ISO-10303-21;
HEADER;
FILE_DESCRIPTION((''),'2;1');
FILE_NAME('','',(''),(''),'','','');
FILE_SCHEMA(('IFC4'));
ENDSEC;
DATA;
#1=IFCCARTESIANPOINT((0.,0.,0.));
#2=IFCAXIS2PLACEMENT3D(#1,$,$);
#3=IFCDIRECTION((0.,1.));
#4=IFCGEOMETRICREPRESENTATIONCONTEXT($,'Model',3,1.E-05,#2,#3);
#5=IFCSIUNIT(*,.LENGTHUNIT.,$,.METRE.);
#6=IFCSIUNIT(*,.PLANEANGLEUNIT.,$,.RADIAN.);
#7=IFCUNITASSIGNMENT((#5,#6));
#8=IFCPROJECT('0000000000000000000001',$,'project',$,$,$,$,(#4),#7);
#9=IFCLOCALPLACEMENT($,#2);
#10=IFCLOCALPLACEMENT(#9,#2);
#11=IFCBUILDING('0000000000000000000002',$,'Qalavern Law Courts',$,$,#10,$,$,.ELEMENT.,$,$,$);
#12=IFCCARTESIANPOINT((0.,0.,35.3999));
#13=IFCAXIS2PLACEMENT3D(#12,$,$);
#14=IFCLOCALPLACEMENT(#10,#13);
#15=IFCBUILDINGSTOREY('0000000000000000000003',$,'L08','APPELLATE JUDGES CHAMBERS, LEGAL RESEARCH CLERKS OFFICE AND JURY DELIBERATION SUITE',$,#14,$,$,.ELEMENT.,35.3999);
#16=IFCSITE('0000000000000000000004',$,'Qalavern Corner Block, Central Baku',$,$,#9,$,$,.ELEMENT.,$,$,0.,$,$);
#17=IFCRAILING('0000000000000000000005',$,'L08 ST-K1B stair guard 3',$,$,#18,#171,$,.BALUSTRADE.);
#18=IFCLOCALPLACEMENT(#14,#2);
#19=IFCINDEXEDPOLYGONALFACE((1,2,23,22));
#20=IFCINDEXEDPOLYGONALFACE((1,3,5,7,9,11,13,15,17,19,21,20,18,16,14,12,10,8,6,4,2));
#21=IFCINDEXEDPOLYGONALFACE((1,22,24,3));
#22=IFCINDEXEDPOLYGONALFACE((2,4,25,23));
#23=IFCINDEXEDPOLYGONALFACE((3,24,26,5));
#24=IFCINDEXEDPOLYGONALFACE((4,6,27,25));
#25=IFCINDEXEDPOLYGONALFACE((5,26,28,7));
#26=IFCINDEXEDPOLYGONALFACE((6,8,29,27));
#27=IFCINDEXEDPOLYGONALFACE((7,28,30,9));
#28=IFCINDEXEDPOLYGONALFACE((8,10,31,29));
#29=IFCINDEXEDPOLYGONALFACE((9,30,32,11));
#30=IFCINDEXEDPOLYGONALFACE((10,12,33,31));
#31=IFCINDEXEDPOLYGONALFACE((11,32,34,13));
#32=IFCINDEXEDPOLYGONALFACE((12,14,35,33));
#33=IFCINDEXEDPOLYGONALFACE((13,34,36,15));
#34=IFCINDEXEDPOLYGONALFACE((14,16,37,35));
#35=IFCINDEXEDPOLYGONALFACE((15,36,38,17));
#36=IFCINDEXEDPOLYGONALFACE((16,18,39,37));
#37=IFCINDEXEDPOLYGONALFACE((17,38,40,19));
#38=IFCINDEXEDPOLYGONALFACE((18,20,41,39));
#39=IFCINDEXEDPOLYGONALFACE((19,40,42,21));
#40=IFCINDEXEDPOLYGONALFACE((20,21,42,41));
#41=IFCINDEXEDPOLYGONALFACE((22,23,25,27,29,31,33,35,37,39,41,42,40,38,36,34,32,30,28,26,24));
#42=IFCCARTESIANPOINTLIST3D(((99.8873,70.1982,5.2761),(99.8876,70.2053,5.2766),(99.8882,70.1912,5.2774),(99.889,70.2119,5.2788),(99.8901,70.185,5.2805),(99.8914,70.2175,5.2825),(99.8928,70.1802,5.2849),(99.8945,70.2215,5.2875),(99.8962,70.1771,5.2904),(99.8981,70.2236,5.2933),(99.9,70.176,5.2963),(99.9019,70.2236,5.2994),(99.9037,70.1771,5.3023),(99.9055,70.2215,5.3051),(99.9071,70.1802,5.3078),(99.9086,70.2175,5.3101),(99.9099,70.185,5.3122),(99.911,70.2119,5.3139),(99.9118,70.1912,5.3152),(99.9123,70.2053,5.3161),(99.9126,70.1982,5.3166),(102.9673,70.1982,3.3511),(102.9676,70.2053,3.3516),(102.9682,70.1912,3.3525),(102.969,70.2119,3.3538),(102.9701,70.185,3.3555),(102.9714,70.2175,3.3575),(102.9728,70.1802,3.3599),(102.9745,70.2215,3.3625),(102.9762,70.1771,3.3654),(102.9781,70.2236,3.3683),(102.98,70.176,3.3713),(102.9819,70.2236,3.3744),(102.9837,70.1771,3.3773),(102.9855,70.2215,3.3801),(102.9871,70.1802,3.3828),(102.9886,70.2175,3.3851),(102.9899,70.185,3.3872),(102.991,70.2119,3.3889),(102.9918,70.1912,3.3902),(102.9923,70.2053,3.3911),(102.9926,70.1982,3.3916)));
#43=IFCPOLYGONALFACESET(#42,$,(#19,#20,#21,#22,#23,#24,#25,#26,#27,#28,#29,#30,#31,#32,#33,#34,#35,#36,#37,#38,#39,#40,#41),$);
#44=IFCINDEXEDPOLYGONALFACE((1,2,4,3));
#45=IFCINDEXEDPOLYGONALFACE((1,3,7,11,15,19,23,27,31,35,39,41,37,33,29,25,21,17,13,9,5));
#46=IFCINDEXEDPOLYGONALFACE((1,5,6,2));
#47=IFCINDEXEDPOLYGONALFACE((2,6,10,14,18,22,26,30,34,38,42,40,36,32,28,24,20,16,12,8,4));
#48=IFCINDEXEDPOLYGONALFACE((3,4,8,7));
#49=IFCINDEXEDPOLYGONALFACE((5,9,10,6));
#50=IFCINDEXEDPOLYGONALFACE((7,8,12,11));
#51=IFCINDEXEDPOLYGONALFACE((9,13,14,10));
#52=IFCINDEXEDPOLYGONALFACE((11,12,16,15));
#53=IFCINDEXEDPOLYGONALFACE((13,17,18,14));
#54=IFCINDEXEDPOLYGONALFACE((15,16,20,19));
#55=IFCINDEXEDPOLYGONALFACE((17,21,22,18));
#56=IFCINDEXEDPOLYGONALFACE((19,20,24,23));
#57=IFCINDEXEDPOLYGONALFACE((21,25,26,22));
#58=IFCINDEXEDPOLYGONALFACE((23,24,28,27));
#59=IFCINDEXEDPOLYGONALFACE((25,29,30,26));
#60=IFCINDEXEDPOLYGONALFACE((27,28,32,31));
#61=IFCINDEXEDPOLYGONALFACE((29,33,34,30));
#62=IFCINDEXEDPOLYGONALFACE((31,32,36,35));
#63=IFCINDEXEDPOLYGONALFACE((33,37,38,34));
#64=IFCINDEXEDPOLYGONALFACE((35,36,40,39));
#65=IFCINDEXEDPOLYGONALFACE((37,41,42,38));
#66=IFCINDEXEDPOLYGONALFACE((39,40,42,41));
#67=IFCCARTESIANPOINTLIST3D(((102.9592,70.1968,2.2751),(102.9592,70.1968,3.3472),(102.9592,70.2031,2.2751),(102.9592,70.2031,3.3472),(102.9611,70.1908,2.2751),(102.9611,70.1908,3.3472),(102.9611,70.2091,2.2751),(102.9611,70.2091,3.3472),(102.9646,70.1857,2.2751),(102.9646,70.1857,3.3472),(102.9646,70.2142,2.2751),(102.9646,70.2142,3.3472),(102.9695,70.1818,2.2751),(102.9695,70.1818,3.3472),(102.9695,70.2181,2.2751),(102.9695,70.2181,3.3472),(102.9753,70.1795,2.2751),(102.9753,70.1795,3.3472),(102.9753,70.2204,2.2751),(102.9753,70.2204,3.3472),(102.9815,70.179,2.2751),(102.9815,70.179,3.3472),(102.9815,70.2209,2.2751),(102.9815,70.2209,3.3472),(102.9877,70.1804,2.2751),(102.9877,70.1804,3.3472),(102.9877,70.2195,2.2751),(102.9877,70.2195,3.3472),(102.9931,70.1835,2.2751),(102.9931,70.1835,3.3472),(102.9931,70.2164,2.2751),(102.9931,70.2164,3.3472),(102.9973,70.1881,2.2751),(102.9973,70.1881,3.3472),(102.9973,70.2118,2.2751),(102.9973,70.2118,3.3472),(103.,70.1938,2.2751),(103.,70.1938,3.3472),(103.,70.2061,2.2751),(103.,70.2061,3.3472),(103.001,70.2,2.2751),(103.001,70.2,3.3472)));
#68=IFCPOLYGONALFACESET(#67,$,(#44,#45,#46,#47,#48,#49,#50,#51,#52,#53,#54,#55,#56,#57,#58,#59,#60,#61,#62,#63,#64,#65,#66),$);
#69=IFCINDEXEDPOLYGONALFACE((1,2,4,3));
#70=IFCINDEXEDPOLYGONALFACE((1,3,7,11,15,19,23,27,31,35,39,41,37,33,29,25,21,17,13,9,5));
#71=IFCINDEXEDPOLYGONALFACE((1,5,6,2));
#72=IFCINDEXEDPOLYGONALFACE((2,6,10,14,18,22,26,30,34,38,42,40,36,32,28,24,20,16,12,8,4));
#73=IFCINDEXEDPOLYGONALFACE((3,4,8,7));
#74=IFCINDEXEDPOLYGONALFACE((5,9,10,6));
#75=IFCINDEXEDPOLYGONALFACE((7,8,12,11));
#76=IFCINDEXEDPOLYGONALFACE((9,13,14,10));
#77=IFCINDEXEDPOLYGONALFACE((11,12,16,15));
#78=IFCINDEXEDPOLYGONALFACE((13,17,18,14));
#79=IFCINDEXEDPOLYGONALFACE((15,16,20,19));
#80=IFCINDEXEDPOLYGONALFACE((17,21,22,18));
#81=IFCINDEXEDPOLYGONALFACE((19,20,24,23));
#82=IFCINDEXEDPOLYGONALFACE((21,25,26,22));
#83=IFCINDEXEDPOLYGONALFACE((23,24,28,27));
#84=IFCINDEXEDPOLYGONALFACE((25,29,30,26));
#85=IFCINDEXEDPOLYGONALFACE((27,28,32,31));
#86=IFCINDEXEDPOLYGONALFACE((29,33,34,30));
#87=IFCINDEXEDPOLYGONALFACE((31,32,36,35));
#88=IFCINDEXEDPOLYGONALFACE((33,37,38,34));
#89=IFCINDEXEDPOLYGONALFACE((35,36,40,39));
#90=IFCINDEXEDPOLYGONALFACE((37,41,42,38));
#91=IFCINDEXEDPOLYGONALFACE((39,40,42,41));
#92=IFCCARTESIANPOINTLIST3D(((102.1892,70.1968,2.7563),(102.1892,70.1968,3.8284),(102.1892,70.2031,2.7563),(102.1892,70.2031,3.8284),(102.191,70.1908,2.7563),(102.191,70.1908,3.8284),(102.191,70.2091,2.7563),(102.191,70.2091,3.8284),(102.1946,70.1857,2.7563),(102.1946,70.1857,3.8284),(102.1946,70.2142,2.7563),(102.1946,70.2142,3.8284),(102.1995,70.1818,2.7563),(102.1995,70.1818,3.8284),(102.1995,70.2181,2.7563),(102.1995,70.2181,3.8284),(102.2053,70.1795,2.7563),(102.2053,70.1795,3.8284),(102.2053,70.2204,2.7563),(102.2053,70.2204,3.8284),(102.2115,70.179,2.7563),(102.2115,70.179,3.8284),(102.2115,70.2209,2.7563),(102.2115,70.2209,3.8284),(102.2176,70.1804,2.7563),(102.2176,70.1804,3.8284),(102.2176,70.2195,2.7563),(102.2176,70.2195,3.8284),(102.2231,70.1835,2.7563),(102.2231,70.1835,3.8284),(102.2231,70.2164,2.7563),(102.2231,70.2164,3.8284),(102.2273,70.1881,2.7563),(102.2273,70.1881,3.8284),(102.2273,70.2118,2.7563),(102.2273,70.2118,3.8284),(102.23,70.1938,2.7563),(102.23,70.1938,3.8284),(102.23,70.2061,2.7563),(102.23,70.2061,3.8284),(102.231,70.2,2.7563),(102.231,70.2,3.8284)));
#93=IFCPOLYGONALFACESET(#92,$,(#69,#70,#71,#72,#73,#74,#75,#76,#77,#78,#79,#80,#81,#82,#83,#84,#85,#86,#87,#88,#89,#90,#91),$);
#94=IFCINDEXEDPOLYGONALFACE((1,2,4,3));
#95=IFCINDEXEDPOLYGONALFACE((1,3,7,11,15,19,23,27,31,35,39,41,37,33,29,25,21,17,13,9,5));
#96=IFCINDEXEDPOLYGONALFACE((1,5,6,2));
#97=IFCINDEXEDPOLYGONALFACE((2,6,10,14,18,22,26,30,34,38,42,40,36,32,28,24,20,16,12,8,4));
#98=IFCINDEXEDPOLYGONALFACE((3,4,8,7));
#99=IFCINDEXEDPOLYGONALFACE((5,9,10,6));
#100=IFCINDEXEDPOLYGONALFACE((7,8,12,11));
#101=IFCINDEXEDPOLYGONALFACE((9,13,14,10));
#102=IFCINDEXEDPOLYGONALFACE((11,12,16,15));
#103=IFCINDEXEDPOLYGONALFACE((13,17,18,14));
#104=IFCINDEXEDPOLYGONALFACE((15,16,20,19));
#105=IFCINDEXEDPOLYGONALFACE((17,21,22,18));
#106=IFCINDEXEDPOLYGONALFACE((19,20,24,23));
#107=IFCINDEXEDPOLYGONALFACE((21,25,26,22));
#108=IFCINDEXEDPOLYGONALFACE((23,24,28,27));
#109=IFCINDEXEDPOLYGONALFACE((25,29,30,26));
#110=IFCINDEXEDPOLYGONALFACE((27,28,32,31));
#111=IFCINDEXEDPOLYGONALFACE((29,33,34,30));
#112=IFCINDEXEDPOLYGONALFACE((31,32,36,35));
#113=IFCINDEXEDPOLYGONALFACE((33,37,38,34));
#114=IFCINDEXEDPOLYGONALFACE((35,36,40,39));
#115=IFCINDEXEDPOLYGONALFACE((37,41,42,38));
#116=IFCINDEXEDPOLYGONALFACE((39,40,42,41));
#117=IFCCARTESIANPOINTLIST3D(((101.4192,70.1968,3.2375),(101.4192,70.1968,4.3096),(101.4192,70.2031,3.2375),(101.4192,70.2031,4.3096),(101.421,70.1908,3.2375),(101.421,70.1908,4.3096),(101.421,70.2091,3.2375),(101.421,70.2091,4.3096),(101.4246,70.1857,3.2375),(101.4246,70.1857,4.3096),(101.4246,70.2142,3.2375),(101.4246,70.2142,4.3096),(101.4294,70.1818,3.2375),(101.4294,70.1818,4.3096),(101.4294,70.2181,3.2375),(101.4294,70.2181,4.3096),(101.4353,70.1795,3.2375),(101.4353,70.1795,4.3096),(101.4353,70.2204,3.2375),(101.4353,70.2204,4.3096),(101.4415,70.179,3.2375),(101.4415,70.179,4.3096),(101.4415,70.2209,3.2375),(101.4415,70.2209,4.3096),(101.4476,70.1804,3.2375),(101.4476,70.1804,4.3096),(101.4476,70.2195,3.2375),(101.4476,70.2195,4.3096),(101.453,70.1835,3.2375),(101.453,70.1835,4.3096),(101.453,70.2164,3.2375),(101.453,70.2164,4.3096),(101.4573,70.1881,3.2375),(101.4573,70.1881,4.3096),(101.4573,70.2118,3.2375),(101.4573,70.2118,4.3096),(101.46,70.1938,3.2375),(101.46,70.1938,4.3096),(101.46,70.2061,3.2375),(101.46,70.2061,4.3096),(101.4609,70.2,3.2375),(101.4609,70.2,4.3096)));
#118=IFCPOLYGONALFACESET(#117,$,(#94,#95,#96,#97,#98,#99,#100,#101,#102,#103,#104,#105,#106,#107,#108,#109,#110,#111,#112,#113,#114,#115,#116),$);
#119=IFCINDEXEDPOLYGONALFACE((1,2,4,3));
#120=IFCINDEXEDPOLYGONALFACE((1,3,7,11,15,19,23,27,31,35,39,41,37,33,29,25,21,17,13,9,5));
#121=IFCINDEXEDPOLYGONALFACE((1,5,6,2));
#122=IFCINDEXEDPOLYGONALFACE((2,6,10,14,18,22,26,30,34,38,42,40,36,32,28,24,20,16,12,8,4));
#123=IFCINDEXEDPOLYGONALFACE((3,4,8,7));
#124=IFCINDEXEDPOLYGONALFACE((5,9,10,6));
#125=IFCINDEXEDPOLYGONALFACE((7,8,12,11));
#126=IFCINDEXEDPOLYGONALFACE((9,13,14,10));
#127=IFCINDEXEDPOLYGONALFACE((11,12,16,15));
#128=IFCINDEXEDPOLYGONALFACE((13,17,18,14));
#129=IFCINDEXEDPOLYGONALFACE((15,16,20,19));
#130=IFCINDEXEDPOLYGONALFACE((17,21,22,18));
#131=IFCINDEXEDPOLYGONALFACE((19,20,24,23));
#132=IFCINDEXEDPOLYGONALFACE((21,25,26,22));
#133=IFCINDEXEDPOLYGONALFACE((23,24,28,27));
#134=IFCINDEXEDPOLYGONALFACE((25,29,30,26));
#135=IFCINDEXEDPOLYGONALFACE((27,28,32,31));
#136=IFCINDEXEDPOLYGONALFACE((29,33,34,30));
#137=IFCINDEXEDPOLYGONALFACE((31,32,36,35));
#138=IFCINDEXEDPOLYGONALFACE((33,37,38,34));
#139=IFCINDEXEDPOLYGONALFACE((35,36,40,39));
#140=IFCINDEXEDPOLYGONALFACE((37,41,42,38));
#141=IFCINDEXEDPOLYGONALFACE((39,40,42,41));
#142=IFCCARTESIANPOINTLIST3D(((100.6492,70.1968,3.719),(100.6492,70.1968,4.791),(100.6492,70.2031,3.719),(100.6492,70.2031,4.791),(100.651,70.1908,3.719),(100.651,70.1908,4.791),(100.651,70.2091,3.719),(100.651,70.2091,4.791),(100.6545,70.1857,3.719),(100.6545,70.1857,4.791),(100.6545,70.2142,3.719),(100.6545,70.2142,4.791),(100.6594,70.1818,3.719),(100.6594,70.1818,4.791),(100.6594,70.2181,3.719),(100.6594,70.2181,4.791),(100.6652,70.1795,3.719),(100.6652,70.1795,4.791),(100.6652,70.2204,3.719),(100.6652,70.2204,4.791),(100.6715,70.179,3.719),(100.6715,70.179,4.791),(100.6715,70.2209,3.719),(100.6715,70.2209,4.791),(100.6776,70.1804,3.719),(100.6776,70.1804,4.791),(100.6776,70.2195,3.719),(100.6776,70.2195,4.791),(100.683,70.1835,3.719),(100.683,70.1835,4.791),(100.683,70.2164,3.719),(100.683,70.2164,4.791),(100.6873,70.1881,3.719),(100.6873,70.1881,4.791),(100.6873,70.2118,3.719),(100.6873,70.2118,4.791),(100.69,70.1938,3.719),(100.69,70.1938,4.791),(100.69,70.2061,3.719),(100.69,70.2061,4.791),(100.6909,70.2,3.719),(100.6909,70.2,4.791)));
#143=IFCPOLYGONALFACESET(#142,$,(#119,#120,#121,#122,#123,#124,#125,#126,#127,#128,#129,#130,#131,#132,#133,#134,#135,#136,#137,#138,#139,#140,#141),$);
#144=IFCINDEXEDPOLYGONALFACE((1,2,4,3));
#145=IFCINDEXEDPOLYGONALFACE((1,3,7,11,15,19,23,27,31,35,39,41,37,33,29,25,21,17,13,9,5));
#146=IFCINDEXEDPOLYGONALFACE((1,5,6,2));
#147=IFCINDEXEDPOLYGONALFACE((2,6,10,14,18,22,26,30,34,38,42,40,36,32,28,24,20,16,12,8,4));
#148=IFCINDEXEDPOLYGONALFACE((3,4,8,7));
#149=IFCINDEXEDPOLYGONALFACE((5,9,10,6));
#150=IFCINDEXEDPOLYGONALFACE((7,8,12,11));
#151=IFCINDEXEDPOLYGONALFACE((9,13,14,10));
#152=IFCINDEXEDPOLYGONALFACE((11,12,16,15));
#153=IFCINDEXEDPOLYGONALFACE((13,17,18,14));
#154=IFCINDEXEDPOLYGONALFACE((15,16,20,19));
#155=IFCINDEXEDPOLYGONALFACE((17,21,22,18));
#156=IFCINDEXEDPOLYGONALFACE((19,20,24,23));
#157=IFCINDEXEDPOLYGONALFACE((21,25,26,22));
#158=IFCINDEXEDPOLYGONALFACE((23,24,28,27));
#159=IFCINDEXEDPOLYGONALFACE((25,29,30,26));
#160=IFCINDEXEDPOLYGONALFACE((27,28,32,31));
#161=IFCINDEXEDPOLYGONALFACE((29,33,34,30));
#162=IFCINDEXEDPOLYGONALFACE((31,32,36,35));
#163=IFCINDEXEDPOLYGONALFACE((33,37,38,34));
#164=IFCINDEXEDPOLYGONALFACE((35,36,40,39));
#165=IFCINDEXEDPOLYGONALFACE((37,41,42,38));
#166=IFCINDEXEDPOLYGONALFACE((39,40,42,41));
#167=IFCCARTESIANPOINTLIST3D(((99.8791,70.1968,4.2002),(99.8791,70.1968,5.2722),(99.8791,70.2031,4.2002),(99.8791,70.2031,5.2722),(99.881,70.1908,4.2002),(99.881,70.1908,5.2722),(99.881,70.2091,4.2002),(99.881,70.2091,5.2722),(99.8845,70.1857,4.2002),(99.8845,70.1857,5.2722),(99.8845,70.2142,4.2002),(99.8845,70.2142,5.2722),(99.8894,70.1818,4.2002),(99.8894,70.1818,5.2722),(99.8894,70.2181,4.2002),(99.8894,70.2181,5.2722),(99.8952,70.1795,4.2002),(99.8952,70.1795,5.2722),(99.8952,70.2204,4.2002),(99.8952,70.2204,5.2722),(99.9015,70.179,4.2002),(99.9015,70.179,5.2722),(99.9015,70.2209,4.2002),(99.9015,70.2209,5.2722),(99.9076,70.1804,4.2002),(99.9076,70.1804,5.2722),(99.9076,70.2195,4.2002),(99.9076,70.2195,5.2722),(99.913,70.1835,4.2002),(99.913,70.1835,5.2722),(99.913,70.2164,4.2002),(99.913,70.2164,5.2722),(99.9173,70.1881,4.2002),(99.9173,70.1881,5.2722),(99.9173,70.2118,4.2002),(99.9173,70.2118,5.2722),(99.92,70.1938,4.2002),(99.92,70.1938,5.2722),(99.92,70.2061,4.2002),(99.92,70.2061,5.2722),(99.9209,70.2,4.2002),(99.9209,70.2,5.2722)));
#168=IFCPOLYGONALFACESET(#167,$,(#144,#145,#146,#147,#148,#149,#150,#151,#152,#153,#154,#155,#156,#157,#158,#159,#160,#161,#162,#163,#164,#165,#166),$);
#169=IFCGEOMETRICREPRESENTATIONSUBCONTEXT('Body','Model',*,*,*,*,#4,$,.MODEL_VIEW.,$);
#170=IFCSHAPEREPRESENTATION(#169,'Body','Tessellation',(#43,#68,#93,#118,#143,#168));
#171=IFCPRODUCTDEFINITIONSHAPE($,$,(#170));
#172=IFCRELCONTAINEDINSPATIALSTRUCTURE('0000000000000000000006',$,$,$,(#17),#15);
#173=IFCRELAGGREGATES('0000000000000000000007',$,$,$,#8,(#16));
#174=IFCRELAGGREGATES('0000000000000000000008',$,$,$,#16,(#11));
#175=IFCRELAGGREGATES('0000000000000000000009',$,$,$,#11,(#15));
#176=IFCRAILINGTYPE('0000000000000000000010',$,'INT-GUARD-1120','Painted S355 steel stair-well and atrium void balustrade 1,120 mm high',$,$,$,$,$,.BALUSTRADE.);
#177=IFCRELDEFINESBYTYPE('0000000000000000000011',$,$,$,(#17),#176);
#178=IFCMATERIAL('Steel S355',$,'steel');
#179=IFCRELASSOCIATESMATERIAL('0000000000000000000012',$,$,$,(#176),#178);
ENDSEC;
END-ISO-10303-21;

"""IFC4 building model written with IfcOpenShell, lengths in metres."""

from ifc_helpers import new_model, si_unit, direction, frame, origin, origin_2d, place, context, subcontext, project, spatial, circle, extrude, material, type_object, element, save


model = new_model("IFC4")

# Units and contexts
model_context = context("Model", 3, precision=1e-05, world=origin(), true_north=direction((0.0, 1.0)))
body_context = subcontext(model_context, "Body", "Model", "MODEL_VIEW")
ifc_project = project(units=[si_unit("LENGTHUNIT", "METRE"), si_unit("PLANEANGLEUNIT", "RADIAN")], contexts=[model_context])

# Site, building, storey
site_placement = place(None, origin())
site = spatial("IfcSite", under=ifc_project, at=site_placement, Name="Qalavern Corner Block, Central Baku", CompositionType="ELEMENT", RefElevation=0.0)
building_placement = place(site_placement, origin())
building = spatial("IfcBuilding", under=site, at=building_placement, Name="Qalavern Law Courts", CompositionType="ELEMENT")
storey_placement = place(building_placement, frame((0.0, 0.0, 35.3999)))
storey = spatial("IfcBuildingStorey", under=building, at=storey_placement, Name="L08", Description="APPELLATE JUDGES CHAMBERS, LEGAL RESEARCH CLERKS OFFICE AND JURY DELIBERATION SUITE", CompositionType="ELEMENT", Elevation=35.3999)

# Shared definitions
ifc_material_1 = material(Name="Steel S355", Category="steel")

# Railing
railing_type_1 = type_object("IfcRailingType", Name="INT-GUARD-1120", Description="Painted S355 steel stair-well and atrium void balustrade 1,120 mm high", PredefinedType="BALUSTRADE", material=ifc_material_1)
railing_1_placement = place(storey_placement, frame((102.98, 70.2, 2.2751)))
element("IfcRailing", 1, at=railing_1_placement, inside=storey, type_object=railing_type_1, Name="L08 ST-K1B stair guard 3", PredefinedType="BALUSTRADE", context=body_context, shape_type="SweptSolid", body=[
    extrude(circle(Radius=0.0239, at=origin_2d()), frame((0.0, 0.0, 1.0962), z_axis=(-0.847998, 0.0, 0.529999), x_axis=(0.0, -1.0, 0.0)), (0.0, 0.0, 1.0), 3.6321),
    extrude(circle(Radius=0.021, at=origin_2d()), origin(), (0.0, 0.0, 1.0), 1.072),
    extrude(circle(Radius=0.021, at=origin_2d()), frame((-0.77, 0.0, 0.4812)), (0.0, 0.0, 1.0), 1.072),
    extrude(circle(Radius=0.021, at=origin_2d()), frame((-1.54, 0.0, 0.9624)), (0.0, 0.0, 1.0), 1.072),
    extrude(circle(Radius=0.021, at=origin_2d()), frame((-2.3101, 0.0, 1.4438)), (0.0, 0.0, 1.0), 1.072),
    extrude(circle(Radius=0.021, at=origin_2d()), frame((-3.0801, 0.0, 1.925)), (0.0, 0.0, 1.0), 1.072),
])

save(model, "model.ifc")
